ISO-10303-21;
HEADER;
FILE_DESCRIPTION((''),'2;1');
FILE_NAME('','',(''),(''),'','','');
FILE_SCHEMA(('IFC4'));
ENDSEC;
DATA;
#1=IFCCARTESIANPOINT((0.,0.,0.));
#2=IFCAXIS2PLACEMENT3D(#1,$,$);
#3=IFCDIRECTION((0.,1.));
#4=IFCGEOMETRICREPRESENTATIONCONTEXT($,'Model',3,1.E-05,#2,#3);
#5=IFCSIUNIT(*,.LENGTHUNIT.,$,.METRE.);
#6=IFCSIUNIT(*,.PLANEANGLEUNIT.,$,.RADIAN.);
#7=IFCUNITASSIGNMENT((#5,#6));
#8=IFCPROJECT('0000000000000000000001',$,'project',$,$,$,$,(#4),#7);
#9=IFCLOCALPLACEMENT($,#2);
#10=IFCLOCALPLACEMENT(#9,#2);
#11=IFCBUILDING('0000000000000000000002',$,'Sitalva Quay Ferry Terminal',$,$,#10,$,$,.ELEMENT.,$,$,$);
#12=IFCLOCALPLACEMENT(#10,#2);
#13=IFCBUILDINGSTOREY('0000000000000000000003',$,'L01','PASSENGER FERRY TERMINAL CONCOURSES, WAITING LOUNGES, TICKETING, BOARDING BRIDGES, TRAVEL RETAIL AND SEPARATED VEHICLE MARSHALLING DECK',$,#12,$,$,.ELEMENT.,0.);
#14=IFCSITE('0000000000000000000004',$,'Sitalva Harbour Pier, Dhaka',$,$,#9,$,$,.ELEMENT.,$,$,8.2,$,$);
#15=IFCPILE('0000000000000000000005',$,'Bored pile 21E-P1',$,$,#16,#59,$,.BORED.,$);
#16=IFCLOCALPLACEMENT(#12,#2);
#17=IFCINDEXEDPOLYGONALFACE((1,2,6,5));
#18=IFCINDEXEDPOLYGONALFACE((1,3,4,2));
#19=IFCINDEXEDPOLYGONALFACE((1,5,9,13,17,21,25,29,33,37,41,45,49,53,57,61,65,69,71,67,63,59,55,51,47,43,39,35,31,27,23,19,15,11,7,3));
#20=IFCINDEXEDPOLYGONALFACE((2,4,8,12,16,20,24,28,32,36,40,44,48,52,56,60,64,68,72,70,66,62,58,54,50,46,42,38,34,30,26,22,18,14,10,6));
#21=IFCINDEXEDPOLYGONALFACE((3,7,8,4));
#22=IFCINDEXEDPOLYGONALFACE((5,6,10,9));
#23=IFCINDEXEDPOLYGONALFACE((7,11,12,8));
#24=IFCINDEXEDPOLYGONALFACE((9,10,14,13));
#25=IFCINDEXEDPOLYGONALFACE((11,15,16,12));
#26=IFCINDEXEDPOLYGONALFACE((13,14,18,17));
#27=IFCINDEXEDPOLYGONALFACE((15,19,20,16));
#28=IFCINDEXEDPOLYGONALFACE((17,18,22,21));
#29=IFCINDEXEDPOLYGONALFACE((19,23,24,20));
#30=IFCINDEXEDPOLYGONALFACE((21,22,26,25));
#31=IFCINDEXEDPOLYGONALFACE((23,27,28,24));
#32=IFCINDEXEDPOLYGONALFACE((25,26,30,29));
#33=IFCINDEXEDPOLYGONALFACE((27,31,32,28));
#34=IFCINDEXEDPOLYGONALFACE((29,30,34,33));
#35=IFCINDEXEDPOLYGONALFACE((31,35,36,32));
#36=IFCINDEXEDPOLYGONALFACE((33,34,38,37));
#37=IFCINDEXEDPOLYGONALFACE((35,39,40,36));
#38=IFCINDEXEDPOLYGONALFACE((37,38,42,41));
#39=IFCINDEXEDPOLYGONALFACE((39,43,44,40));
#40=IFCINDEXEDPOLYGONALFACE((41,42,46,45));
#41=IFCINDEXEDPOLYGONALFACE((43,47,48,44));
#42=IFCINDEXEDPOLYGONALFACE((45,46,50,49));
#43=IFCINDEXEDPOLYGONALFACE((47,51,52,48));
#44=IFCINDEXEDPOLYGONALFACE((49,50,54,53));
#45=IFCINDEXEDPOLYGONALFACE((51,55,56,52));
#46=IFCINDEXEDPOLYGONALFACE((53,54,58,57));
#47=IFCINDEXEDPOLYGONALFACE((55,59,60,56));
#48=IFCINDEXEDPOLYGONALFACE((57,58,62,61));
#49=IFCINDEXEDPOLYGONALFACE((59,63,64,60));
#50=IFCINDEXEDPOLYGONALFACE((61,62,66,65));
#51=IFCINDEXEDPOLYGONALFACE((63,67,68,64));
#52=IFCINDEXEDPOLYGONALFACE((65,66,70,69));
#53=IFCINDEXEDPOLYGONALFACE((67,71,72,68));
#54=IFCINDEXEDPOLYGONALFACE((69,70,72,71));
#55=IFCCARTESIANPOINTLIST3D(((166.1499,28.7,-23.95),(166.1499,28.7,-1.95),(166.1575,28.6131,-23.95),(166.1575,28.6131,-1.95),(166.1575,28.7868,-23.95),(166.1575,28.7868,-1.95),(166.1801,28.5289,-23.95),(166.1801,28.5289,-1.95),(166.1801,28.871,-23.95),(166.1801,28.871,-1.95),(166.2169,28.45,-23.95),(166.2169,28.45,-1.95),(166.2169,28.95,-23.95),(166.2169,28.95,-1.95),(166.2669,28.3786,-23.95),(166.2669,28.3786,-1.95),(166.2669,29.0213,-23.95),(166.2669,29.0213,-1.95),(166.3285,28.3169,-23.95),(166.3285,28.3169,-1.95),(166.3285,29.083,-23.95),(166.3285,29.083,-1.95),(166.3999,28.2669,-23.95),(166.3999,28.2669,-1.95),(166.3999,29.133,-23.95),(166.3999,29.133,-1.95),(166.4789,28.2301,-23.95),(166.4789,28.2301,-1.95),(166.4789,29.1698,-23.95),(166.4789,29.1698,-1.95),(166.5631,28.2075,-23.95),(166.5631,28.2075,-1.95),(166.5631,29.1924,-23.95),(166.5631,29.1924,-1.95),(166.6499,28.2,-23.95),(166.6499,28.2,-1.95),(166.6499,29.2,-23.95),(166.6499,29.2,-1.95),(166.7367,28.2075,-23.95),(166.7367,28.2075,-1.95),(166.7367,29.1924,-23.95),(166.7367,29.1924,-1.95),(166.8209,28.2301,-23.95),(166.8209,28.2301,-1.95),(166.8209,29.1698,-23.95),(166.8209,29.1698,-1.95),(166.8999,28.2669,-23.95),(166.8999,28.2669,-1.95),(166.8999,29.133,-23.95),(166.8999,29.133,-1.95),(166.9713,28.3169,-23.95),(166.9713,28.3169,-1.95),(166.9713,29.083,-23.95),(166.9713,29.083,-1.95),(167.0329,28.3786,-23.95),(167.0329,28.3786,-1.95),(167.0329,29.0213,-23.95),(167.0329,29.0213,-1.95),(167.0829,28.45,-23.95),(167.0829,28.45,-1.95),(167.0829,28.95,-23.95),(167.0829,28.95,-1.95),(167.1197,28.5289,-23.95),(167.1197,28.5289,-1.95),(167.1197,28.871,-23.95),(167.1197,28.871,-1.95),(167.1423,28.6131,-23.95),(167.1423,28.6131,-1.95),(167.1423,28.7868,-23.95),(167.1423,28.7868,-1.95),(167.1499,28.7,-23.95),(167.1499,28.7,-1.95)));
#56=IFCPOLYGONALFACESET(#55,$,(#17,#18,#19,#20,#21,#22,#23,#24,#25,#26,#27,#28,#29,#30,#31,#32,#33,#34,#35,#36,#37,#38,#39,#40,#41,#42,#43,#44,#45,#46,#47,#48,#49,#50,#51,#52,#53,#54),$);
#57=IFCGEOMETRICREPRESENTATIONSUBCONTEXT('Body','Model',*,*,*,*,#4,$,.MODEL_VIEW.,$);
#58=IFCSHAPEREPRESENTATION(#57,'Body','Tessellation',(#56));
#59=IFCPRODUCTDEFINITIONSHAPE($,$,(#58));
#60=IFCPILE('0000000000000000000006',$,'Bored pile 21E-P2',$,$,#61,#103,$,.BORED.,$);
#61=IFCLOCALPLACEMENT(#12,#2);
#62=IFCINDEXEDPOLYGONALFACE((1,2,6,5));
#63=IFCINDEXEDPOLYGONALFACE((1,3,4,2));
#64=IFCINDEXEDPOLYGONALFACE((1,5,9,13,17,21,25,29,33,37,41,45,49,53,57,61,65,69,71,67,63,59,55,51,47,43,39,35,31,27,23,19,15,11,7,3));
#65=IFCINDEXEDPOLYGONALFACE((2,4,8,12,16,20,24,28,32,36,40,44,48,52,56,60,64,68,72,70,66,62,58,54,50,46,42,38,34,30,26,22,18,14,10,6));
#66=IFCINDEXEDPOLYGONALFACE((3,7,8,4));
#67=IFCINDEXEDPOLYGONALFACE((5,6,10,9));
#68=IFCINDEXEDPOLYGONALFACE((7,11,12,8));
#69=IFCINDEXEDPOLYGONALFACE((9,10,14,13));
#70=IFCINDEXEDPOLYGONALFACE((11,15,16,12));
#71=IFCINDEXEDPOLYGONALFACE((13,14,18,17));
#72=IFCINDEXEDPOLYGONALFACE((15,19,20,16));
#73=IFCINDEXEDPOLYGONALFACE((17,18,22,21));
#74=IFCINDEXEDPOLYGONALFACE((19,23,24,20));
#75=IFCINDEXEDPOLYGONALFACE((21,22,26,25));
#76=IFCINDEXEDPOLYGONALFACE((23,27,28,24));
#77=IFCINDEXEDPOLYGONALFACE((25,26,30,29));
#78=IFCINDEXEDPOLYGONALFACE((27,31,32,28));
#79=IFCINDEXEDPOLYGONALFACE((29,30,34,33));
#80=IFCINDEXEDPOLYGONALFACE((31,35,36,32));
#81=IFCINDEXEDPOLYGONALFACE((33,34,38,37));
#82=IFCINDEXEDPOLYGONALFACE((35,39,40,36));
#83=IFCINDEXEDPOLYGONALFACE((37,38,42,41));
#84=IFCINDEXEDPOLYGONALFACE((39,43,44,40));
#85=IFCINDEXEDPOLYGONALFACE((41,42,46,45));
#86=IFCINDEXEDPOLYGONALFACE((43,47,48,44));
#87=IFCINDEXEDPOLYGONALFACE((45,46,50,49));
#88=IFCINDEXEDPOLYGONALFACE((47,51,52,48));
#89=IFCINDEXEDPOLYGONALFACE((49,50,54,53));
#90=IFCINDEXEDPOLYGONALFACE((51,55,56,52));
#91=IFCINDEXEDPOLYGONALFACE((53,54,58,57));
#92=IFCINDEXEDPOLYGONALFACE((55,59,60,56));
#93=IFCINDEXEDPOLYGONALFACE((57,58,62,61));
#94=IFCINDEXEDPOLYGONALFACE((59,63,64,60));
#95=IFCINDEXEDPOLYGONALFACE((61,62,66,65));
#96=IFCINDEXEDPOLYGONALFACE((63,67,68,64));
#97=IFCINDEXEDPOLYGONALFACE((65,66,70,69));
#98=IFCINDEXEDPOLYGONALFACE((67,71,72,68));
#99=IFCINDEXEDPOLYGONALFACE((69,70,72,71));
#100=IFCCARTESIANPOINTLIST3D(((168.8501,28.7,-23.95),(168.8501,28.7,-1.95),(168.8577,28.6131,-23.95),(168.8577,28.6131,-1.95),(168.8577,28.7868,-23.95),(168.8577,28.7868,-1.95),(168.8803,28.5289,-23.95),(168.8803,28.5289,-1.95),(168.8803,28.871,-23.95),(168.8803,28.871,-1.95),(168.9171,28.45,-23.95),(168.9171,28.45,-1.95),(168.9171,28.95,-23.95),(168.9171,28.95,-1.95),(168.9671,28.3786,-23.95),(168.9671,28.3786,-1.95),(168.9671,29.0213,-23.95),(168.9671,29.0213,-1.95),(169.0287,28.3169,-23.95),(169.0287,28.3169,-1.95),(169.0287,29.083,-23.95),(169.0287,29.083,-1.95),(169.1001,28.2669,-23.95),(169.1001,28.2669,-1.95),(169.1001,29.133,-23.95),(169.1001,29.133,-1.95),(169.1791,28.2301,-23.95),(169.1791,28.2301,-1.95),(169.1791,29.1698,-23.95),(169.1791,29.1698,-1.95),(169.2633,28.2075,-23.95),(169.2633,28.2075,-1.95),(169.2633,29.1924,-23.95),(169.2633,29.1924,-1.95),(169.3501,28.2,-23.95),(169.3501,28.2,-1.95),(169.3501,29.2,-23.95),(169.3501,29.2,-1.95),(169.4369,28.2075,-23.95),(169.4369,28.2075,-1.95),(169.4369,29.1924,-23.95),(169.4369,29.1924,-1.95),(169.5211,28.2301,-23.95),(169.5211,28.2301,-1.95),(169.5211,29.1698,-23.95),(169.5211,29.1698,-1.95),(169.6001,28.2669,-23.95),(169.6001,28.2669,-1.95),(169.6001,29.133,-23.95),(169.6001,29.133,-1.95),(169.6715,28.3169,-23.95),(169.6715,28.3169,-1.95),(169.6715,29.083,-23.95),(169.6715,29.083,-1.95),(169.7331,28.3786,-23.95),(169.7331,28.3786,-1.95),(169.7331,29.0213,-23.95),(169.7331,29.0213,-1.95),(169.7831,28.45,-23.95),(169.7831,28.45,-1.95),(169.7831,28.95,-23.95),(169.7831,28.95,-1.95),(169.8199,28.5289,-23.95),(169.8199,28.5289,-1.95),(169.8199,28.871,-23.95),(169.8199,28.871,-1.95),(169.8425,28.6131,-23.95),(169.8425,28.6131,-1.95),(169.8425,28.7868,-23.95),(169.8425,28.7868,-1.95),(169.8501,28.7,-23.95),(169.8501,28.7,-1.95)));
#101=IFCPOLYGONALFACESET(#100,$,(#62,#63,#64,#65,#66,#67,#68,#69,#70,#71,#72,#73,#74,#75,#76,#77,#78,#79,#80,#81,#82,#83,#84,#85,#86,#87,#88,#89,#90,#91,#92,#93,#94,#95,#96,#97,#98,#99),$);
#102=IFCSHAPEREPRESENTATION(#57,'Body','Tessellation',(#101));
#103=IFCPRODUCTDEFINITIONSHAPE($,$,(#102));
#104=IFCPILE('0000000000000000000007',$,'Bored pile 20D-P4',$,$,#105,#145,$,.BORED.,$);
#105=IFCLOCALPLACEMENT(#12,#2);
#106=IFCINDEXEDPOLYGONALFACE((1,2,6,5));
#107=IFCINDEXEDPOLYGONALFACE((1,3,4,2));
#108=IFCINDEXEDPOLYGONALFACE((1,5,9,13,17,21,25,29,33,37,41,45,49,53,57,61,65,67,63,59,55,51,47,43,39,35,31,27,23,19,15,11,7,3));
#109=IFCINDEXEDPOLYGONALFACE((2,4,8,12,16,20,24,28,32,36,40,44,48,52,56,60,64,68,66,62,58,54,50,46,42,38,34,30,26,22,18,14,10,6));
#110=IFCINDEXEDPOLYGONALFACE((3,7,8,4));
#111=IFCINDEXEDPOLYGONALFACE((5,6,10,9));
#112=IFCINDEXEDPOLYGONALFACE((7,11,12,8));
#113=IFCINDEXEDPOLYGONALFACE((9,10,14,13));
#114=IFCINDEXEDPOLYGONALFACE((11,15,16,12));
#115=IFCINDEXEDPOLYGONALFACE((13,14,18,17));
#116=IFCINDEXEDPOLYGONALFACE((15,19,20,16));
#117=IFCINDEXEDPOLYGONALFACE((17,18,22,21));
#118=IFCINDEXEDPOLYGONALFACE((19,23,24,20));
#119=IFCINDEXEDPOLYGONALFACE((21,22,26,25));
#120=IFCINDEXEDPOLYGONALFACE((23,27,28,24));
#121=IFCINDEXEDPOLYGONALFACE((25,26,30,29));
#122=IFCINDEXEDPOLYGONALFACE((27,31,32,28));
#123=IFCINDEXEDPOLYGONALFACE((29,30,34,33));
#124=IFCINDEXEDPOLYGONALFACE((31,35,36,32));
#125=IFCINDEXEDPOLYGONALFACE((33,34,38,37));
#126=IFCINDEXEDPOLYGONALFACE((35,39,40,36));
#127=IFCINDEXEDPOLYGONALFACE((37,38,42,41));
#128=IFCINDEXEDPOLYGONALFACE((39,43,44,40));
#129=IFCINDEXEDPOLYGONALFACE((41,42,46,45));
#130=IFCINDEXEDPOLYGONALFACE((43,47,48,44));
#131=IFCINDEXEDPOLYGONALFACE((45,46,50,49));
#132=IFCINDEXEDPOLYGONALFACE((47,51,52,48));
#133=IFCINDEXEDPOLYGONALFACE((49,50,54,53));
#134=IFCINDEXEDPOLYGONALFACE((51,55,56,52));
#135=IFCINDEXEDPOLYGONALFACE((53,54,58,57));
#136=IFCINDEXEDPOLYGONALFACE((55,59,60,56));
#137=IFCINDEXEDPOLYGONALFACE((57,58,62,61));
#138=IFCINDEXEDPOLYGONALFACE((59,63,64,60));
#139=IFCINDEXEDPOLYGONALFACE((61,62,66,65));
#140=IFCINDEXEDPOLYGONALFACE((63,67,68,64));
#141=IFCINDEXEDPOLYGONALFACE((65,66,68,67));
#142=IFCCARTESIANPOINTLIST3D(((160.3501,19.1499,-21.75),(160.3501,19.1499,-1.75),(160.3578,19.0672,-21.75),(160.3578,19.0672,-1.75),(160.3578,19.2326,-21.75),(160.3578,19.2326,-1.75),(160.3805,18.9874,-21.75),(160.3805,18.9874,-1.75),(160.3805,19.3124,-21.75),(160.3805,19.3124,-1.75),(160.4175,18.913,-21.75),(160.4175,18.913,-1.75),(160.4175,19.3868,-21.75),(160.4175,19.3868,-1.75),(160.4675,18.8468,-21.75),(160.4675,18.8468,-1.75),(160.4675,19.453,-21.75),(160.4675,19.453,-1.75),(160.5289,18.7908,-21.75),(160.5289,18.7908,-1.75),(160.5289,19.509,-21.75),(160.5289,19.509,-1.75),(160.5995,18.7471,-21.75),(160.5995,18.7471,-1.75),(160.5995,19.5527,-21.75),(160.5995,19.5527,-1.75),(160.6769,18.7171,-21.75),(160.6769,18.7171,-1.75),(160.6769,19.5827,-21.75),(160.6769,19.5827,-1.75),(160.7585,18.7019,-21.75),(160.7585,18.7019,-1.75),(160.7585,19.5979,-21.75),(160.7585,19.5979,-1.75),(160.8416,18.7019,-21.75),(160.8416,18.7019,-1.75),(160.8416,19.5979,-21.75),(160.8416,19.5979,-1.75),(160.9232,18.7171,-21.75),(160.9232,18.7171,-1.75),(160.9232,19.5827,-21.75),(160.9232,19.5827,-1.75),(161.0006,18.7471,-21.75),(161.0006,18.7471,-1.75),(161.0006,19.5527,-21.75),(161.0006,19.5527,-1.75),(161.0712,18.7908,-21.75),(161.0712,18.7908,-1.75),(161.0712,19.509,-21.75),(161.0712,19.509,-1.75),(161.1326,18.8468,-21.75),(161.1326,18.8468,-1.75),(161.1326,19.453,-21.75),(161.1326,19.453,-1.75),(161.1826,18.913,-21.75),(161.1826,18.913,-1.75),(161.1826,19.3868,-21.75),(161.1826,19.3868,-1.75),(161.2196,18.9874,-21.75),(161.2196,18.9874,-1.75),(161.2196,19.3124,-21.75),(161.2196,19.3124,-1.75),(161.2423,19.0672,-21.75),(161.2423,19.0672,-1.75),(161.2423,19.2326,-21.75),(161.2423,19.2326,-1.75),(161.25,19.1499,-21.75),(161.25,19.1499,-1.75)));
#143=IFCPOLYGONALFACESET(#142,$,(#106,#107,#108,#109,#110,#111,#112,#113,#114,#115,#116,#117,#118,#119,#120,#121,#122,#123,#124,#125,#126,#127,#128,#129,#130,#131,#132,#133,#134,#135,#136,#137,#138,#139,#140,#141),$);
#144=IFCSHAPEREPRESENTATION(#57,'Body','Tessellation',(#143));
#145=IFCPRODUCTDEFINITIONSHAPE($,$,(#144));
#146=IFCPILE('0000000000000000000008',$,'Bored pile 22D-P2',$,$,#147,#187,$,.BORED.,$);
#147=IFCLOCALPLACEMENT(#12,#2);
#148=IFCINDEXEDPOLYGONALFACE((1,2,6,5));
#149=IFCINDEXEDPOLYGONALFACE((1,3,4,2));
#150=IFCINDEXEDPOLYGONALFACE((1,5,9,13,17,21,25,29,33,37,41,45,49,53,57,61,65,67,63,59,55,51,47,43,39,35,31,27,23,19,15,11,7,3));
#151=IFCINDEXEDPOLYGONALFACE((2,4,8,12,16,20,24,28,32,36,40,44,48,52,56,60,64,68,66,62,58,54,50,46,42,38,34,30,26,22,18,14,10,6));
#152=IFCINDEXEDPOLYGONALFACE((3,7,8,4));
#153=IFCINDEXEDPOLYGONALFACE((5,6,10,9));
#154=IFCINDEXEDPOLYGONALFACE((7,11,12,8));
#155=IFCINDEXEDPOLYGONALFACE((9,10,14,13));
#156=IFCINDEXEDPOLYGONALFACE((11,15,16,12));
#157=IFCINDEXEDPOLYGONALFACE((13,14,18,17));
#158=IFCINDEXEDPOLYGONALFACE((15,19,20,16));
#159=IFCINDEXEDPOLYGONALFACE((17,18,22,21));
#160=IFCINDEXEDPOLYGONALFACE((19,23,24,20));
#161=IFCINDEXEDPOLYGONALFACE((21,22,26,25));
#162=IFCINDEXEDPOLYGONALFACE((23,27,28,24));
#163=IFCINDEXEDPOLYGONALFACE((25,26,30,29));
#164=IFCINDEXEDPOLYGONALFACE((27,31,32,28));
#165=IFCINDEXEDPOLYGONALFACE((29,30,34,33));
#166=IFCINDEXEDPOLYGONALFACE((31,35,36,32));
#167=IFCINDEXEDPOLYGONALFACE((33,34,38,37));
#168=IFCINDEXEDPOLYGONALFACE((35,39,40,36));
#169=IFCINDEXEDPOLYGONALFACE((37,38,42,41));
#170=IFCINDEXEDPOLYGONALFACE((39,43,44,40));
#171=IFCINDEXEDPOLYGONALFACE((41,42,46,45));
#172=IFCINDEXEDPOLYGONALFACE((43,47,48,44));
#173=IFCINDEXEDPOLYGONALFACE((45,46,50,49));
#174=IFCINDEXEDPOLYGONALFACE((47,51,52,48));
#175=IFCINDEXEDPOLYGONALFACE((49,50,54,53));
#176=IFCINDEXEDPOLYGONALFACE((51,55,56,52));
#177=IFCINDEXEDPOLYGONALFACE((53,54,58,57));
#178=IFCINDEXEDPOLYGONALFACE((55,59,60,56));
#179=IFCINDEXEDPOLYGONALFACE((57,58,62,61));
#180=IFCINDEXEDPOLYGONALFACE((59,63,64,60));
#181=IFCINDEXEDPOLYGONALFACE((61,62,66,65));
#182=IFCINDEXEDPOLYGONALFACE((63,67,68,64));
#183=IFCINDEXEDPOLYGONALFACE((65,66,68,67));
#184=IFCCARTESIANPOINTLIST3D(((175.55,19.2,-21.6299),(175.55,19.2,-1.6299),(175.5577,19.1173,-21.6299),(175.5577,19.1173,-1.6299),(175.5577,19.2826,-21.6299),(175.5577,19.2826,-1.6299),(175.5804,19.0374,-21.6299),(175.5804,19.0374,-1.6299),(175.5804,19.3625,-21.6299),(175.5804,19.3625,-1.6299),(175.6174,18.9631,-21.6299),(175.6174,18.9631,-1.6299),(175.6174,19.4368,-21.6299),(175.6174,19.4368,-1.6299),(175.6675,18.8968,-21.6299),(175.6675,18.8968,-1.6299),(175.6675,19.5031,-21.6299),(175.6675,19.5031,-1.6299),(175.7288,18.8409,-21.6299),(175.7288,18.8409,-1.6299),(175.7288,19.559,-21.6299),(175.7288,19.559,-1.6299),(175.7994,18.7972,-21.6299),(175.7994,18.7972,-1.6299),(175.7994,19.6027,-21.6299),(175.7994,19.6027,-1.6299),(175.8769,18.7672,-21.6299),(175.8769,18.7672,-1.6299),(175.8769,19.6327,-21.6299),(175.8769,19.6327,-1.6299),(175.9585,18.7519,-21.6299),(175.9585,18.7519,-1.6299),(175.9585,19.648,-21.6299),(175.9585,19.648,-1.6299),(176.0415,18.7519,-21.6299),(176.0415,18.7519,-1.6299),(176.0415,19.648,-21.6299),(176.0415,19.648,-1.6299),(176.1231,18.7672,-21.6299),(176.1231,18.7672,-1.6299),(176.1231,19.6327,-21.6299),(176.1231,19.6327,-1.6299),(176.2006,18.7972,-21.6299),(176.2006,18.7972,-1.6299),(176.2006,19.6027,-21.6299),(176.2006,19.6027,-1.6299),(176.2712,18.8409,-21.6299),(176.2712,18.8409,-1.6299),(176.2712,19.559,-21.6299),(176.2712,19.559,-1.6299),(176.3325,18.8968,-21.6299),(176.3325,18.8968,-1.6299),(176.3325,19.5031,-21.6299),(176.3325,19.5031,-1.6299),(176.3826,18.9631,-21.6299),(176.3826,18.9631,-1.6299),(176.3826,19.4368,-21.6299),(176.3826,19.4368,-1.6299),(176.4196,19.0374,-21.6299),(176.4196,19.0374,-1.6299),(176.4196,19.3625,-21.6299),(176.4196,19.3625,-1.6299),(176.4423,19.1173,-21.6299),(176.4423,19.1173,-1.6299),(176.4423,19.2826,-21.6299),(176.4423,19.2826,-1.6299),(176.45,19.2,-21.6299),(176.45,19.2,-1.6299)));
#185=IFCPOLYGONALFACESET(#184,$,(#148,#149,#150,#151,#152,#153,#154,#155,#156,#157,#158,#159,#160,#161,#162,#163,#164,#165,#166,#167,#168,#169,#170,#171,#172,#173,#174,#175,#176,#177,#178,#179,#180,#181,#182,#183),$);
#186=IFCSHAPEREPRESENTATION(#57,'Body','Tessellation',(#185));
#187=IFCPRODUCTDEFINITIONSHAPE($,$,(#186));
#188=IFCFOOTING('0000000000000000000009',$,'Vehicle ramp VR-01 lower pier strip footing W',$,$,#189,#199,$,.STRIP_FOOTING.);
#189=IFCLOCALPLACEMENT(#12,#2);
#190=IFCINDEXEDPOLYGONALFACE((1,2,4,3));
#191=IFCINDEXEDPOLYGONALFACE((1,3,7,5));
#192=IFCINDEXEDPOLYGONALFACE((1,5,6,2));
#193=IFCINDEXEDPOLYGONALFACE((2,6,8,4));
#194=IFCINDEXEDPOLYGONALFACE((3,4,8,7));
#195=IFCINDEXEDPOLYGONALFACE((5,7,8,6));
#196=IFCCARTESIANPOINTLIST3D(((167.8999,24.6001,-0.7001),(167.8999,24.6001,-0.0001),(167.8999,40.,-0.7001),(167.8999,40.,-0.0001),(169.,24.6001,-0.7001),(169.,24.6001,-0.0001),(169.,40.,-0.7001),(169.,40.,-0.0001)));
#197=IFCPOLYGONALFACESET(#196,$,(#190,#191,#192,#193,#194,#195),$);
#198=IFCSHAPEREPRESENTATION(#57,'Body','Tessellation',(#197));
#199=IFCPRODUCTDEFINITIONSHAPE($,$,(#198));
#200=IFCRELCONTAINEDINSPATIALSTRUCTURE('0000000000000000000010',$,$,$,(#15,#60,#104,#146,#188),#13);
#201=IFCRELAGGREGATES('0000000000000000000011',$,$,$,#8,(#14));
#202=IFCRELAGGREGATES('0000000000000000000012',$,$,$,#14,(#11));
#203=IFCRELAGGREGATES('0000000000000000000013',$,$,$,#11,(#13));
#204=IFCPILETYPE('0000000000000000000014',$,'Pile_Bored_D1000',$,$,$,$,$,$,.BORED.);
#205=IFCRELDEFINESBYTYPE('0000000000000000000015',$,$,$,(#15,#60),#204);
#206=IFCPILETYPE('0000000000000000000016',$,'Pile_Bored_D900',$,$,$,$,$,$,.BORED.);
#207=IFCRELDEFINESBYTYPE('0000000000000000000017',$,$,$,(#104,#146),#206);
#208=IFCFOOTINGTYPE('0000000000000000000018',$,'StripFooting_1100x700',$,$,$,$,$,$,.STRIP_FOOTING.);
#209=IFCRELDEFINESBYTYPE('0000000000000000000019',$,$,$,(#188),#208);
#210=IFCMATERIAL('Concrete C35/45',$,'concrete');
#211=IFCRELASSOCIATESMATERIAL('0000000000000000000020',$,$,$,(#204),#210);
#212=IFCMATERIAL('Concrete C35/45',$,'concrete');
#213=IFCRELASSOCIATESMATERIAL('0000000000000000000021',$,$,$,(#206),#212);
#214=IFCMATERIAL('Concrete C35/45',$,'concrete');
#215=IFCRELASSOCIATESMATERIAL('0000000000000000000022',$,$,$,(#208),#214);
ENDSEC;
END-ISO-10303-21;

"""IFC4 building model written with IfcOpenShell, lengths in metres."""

from ifc_helpers import new_model, si_unit, direction, frame, origin, origin_2d, place, context, subcontext, project, spatial, rectangle, circle, extrude, material, material_profile, profile_set, type_object, element, save


model = new_model("IFC4")

# Units and contexts
model_context = context("Model", 3, precision=1e-05, world=origin(), true_north=direction((0.0, 1.0)))
body_context = subcontext(model_context, "Body", "Model", "MODEL_VIEW")
ifc_project = project(units=[si_unit("LENGTHUNIT", "METRE"), si_unit("PLANEANGLEUNIT", "RADIAN")], contexts=[model_context])

# Site, building, storey
site_placement = place(None, origin())
site = spatial("IfcSite", under=ifc_project, at=site_placement, Name="Sitalva Harbour Pier, Dhaka", CompositionType="ELEMENT", RefElevation=8.2)
building_placement = place(site_placement, origin())
building = spatial("IfcBuilding", under=site, at=building_placement, Name="Sitalva Quay Ferry Terminal", CompositionType="ELEMENT")
storey_placement = place(building_placement, origin())
storey = spatial("IfcBuildingStorey", under=building, at=storey_placement, Name="L01", Description="PASSENGER FERRY TERMINAL CONCOURSES, WAITING LOUNGES, TICKETING, BOARDING BRIDGES, TRAVEL RETAIL AND SEPARATED VEHICLE MARSHALLING DECK", CompositionType="ELEMENT", Elevation=0.0)

# Piles
ifc_material_1 = material(Name="Concrete C35/45", Category="concrete")
ifc_material_profile_1 = material_profile(ifc_material_1, circle(Radius=0.5, at=origin_2d()), Name="PILE-D1000")
ifc_profile_set_1 = profile_set([ifc_material_profile_1], Name="Concrete C35/45")
pile_type_1 = type_object("IfcPileType", Name="Pile_Bored_D1000", PredefinedType="BORED", material=ifc_profile_set_1)
for number, where, z_axis, x_axis, name in (
    (1, (166.6499, 28.7, -1.95), (0.0, 0.0, -1.0), (1.0, 0.0, 0.0), "Bored pile 21E-P1"),
    (2, (169.3501, 28.7, -1.95), (0.0, 0.0, -1.0), (1.0, 0.0, 0.0), "Bored pile 21E-P2"),
):
    element("IfcPile", number, at=place(storey_placement, frame(where, z_axis=z_axis, x_axis=x_axis)), inside=storey, type_object=pile_type_1, Name=name, PredefinedType="BORED", context=body_context, shape_type="SweptSolid", body=[
        extrude(circle(Radius=0.5, at=origin_2d()), origin(), (0.0, 0.0, 1.0), 22.0),
    ])
ifc_material_2 = material(Name="Concrete C35/45", Category="concrete")
ifc_material_profile_2 = material_profile(ifc_material_2, circle(Radius=0.45, at=origin_2d()), Name="PILE-D900")
ifc_profile_set_2 = profile_set([ifc_material_profile_2], Name="Concrete C35/45")
pile_type_2 = type_object("IfcPileType", Name="Pile_Bored_D900", PredefinedType="BORED", material=ifc_profile_set_2)
for number, where, z_axis, x_axis, name in (
    (3, (160.8, 19.1499, -1.75), (0.0, 0.0, -1.0), (1.0, 0.0, 0.0), "Bored pile 20D-P4"),
    (4, (176.0, 19.2, -1.6299), (0.0, 0.0, -1.0), (1.0, 0.0, 0.0), "Bored pile 22D-P2"),
):
    element("IfcPile", number, at=place(storey_placement, frame(where, z_axis=z_axis, x_axis=x_axis)), inside=storey, type_object=pile_type_2, Name=name, PredefinedType="BORED", context=body_context, shape_type="SweptSolid", body=[
        extrude(circle(Radius=0.45, at=origin_2d()), origin(), (0.0, 0.0, 1.0), 20.0),
    ])

# Footing
ifc_material_3 = material(Name="Concrete C35/45", Category="concrete")
ifc_material_profile_3 = material_profile(ifc_material_3, rectangle(XDim=1.1001, YDim=0.7, at=origin_2d()), Name="RC1100x700")
ifc_profile_set_3 = profile_set([ifc_material_profile_3], Name="Concrete C35/45")
footing_type_1 = type_object("IfcFootingType", Name="StripFooting_1100x700", PredefinedType="STRIP_FOOTING", material=ifc_profile_set_3)
for number, where, z_axis, x_axis, name in (
    (5, (168.45, 24.6001, -0.3501), (0.0, 1.0, 0.0), (-1.0, 0.0, 0.0), "Vehicle ramp VR-01 lower pier strip footing W"),
):
    element("IfcFooting", number, at=place(storey_placement, frame(where, z_axis=z_axis, x_axis=x_axis)), inside=storey, type_object=footing_type_1, Name=name, PredefinedType="STRIP_FOOTING", context=body_context, shape_type="SweptSolid", body=[
        extrude(rectangle(XDim=1.1001, YDim=0.7, at=origin_2d()), origin(), (0.0, 0.0, 1.0), 15.3999),
    ])

save(model, "model.ifc")
